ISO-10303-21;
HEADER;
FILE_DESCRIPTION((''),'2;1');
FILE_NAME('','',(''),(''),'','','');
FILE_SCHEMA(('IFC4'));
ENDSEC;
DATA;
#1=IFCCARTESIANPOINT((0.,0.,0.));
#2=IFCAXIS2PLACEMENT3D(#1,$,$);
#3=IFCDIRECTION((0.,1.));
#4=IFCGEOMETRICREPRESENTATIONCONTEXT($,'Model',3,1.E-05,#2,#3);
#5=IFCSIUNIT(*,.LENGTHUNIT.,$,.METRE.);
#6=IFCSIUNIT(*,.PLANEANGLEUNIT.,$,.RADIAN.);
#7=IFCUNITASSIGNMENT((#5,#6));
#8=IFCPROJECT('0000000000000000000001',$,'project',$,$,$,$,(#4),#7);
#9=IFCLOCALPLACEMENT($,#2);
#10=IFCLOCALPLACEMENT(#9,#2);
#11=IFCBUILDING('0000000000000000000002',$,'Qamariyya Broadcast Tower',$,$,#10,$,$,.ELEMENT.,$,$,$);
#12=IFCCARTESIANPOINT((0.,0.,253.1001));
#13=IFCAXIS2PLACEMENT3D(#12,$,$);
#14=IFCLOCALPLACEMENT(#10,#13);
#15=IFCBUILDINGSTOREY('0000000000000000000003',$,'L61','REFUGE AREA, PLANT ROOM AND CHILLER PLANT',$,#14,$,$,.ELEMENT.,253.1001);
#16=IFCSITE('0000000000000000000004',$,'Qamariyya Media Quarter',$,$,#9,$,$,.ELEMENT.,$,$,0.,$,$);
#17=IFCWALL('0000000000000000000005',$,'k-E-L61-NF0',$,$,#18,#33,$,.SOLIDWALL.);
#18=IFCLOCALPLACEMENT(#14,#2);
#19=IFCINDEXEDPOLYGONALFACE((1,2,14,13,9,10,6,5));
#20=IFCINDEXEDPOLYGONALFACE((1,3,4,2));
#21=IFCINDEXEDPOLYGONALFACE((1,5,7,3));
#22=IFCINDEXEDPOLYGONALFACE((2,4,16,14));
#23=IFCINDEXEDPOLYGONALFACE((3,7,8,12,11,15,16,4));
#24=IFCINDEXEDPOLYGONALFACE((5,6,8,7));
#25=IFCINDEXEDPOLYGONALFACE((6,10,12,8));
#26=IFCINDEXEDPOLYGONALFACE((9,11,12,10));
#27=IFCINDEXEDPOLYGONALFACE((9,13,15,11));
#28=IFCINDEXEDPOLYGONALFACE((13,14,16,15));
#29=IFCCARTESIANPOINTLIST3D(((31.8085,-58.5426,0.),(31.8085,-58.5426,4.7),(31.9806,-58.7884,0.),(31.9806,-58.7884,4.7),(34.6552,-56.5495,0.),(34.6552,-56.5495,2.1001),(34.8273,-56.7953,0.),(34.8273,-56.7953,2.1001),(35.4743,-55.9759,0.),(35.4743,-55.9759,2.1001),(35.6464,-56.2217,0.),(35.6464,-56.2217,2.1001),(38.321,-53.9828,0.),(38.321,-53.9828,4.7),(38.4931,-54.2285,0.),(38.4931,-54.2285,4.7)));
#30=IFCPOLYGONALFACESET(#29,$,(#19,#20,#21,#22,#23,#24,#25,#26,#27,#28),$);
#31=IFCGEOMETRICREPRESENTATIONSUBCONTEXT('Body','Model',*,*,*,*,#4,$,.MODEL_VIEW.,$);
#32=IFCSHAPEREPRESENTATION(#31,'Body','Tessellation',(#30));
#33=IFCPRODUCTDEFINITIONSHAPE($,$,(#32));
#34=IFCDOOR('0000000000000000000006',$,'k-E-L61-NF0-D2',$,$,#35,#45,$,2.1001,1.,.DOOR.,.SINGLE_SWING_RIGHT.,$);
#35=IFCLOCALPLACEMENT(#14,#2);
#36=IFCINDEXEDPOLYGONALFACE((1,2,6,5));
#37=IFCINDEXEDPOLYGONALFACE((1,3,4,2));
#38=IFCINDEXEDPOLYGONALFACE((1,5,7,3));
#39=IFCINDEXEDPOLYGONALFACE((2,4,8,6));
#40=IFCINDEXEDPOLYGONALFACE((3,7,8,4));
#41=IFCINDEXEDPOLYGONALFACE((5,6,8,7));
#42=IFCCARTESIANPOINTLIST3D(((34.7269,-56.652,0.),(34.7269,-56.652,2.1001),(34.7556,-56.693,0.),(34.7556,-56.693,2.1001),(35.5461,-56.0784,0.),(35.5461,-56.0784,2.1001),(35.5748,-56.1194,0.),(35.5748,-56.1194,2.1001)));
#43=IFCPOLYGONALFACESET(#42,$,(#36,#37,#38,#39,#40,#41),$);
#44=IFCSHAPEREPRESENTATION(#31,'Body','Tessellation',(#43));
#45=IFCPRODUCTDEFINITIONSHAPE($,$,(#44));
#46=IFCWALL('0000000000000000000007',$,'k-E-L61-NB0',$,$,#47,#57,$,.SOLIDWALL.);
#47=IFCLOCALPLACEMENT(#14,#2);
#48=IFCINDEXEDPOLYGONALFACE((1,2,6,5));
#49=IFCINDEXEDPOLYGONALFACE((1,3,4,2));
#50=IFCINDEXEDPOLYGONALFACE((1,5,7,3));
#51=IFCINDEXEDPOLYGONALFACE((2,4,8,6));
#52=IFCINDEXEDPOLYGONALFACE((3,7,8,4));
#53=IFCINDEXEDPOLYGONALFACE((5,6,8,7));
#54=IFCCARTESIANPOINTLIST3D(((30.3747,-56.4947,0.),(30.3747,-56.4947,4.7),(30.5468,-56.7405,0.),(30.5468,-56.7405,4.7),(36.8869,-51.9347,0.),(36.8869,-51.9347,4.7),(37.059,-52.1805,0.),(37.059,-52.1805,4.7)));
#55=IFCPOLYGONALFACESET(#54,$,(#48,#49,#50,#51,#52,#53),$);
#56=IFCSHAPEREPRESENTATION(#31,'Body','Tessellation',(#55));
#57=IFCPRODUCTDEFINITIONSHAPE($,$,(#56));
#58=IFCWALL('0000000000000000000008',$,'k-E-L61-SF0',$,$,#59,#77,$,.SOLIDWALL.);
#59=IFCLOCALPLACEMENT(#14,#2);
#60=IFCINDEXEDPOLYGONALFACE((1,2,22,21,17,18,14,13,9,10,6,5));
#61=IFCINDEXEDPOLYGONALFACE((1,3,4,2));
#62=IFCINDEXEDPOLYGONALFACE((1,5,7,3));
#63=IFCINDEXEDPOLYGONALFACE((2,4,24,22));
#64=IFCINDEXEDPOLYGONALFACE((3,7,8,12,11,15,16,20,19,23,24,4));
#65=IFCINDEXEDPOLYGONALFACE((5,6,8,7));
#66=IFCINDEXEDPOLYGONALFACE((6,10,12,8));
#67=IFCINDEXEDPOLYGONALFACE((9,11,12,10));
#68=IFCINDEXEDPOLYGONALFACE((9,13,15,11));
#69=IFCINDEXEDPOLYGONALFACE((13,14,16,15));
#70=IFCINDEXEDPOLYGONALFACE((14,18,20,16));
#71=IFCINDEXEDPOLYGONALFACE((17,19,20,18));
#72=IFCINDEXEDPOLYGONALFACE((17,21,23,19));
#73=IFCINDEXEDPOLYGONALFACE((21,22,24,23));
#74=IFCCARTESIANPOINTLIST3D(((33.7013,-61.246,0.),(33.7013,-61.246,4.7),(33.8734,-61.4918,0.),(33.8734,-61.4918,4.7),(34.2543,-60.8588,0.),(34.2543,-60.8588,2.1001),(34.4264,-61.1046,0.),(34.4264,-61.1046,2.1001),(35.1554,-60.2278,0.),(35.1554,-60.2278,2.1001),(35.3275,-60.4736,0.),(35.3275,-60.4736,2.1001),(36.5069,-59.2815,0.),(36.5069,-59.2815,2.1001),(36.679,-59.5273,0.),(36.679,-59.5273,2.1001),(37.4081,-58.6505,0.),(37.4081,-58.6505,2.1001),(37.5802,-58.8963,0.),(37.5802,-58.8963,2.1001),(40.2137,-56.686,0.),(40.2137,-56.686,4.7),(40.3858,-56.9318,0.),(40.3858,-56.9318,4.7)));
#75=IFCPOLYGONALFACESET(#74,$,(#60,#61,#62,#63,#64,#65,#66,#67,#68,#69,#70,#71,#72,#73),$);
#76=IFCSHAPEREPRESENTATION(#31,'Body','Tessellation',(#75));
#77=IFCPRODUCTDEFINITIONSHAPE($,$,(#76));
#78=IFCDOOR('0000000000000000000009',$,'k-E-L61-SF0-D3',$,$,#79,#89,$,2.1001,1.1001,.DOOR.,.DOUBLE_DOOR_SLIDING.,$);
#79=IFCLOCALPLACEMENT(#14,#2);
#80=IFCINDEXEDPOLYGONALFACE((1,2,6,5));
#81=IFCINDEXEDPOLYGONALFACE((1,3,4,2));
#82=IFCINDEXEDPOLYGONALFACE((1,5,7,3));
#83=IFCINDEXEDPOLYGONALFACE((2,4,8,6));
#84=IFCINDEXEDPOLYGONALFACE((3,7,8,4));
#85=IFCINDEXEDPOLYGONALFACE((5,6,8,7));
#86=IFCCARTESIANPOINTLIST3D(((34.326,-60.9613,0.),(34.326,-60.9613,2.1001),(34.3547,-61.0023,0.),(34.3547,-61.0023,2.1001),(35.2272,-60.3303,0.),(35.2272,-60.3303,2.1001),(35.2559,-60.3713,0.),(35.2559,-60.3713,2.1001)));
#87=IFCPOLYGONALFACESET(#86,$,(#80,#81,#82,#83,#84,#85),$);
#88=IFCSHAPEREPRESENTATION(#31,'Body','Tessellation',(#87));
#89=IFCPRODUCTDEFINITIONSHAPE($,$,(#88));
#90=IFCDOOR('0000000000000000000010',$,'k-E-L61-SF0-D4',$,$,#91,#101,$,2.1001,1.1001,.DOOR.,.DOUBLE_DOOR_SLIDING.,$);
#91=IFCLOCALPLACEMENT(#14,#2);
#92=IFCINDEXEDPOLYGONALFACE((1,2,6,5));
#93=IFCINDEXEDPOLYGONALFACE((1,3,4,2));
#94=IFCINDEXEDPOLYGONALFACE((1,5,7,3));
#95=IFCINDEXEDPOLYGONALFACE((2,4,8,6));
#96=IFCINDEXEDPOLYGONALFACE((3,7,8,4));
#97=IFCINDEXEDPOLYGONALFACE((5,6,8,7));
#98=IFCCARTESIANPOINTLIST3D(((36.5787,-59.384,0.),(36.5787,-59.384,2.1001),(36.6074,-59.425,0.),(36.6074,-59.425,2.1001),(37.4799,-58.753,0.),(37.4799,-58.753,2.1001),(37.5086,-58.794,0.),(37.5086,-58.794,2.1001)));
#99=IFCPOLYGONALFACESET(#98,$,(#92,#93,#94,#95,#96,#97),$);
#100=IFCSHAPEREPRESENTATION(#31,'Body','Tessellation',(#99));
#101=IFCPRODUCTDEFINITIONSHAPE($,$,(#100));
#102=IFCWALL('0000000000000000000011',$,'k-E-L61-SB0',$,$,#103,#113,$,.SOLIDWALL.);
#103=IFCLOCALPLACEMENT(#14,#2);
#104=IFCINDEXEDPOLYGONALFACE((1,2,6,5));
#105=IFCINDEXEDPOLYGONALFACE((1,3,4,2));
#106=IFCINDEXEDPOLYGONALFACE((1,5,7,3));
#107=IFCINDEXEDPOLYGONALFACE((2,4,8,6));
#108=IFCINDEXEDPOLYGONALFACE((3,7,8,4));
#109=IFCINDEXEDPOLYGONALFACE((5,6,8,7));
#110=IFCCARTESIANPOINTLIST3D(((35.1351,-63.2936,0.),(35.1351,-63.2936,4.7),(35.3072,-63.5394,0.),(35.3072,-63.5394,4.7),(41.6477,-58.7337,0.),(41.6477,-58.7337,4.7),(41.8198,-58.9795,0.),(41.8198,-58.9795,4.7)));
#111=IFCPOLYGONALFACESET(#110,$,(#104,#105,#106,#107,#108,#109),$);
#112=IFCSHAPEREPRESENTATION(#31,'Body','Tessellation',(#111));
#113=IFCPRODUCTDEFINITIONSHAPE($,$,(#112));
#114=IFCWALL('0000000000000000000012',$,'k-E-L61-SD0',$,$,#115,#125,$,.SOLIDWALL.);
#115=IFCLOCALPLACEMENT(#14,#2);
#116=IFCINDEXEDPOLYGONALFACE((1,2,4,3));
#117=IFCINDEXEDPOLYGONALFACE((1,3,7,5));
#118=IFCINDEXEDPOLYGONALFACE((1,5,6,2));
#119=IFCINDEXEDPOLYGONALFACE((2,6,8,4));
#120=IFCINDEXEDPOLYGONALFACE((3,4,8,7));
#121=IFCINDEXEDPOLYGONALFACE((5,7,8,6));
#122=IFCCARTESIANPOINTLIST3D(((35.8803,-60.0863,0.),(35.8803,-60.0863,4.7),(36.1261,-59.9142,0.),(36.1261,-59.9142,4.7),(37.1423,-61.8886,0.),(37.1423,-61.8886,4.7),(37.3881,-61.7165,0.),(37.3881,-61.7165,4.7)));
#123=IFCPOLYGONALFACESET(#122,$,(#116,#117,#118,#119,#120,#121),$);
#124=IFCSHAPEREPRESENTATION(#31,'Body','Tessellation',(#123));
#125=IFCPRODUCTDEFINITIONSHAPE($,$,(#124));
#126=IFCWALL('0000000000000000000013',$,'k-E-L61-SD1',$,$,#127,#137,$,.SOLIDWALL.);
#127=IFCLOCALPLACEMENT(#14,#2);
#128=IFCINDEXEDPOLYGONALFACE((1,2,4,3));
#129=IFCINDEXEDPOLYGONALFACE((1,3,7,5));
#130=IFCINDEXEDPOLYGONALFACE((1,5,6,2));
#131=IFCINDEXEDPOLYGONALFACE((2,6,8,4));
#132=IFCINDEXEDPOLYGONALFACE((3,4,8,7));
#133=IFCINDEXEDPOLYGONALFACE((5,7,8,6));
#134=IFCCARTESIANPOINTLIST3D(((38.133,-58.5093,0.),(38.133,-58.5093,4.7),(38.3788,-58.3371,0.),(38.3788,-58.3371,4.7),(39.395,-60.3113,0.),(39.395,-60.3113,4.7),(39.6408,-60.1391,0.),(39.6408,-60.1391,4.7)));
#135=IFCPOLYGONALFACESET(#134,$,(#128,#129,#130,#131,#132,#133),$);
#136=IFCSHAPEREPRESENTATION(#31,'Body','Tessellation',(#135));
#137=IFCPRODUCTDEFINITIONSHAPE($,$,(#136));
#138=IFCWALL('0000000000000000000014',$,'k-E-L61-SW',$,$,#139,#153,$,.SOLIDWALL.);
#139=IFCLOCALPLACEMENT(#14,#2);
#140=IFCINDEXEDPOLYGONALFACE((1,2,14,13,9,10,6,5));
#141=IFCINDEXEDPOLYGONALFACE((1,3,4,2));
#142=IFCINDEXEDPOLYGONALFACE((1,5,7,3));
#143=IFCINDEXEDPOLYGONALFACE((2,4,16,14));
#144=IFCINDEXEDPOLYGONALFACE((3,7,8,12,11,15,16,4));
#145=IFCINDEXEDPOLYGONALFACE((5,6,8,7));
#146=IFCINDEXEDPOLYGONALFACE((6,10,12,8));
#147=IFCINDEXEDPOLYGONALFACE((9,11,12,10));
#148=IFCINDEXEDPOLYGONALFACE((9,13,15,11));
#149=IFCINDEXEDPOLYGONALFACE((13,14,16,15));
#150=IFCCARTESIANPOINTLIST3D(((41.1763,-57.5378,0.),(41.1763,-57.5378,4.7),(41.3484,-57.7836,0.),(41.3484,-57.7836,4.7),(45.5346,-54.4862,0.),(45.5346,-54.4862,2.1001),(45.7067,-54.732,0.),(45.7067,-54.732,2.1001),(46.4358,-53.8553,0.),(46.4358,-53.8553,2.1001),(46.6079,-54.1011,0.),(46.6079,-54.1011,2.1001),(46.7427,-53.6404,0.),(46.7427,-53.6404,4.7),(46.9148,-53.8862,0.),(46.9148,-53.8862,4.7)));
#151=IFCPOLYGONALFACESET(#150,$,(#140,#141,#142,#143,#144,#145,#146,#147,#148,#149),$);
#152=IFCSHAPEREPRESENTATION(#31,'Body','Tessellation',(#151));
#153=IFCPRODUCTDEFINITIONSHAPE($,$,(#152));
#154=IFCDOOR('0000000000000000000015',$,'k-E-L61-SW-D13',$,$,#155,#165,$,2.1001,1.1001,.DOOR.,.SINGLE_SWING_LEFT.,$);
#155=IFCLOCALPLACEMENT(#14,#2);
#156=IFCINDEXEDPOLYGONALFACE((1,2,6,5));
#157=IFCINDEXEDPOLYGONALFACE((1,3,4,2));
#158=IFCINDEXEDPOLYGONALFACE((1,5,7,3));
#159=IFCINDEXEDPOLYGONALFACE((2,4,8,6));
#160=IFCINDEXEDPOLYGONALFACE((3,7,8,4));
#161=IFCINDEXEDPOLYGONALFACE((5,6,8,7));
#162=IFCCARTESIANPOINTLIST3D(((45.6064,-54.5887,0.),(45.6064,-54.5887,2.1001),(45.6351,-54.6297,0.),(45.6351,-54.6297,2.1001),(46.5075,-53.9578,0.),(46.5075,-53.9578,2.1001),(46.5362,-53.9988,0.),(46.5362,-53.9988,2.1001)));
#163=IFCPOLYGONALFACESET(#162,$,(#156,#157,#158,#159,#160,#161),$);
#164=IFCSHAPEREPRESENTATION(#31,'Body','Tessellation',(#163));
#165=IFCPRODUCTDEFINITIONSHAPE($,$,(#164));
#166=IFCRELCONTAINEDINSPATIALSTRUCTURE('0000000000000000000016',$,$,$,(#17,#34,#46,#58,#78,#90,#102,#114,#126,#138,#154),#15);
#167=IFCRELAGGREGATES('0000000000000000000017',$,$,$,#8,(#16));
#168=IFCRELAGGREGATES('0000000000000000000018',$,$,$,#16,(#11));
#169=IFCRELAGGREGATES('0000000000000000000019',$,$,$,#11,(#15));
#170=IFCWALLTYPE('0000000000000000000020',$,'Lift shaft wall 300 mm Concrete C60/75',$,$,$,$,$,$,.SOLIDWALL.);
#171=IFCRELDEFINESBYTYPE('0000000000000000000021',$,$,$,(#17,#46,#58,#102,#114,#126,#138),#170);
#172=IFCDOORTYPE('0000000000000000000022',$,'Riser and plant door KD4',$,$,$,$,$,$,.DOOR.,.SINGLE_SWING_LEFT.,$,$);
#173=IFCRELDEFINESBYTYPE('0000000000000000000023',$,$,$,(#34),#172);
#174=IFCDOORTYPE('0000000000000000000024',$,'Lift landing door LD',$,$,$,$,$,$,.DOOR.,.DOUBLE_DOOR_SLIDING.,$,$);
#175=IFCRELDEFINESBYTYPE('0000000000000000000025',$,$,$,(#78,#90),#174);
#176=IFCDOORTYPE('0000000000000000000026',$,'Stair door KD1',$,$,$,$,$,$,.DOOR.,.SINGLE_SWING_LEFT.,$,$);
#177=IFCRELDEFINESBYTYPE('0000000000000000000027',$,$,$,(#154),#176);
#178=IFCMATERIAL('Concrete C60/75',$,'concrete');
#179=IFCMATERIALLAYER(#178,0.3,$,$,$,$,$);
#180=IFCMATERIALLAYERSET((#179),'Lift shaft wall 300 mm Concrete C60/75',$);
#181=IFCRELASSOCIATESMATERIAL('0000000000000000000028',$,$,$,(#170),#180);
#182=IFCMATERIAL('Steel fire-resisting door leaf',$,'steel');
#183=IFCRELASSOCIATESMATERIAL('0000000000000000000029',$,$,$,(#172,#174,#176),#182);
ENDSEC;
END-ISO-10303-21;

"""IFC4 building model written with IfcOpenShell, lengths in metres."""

from ifc_helpers import new_model, si_unit, direction, frame, frame_2d, origin, place, context, subcontext, project, spatial, rectangle, extrude, material, layer, layer_set, type_object, element, fill, save


model = new_model("IFC4")

# Units and contexts
model_context = context("Model", 3, precision=1e-05, world=origin(), true_north=direction((0.0, 1.0)))
body_context = subcontext(model_context, "Body", "Model", "MODEL_VIEW")
ifc_project = project(units=[si_unit("LENGTHUNIT", "METRE"), si_unit("PLANEANGLEUNIT", "RADIAN")], contexts=[model_context])

# Site, building, storey
site_placement = place(None, origin())
site = spatial("IfcSite", under=ifc_project, at=site_placement, Name="Qamariyya Media Quarter", CompositionType="ELEMENT", RefElevation=0.0)
building_placement = place(site_placement, origin())
building = spatial("IfcBuilding", under=site, at=building_placement, Name="Qamariyya Broadcast Tower", CompositionType="ELEMENT")
storey_placement = place(building_placement, frame((0.0, 0.0, 253.1001)))
storey = spatial("IfcBuildingStorey", under=building, at=storey_placement, Name="L61", Description="REFUGE AREA, PLANT ROOM AND CHILLER PLANT", CompositionType="ELEMENT", Elevation=253.1001)

# Wall, opening, door
ifc_material_1 = material(Name="Concrete C60/75", Category="concrete")
ifc_layer_1 = layer(ifc_material_1, 0.3)
ifc_layer_set_1 = layer_set([ifc_layer_1], Name="Lift shaft wall 300 mm Concrete C60/75")
wall_type = type_object("IfcWallType", Name="Lift shaft wall 300 mm Concrete C60/75", PredefinedType="SOLIDWALL", material=ifc_layer_set_1)
wall_1_placement = place(storey_placement, frame((31.8945, -58.6655, 0.0), z_axis=(0.0, 0.0, 1.0), x_axis=(0.819167, 0.573555, 0.0)))
wall_1 = element("IfcWall", 1, at=wall_1_placement, inside=storey, type_object=wall_type, Name="k-E-L61-NF0", PredefinedType="SOLIDWALL", context=body_context, shape_type="SweptSolid", body=[
    extrude(rectangle(XDim=7.9502, YDim=0.3, at=frame_2d((3.9751, 0.0))), origin(), (0.0, 0.0, 1.0), 4.7),
])
opening_1_placement = place(wall_1_placement, frame((3.4751, 0.0, 0.0)))
opening_1 = element("IfcOpeningElement", 2, at=opening_1_placement, cuts=wall_1, PredefinedType="OPENING", context=body_context, shape_type="SweptSolid", body=[
    extrude(rectangle(XDim=1.0, YDim=2.1001, at=frame_2d((0.5, 1.05))), frame((0.0, 0.1599, 0.0), z_axis=(0.0, -1.0, 0.0), x_axis=(1.0, 0.0, 0.0)), (0.0, 0.0, 1.0), 0.3201),
])
ifc_material_2 = material(Name="Steel fire-resisting door leaf", Category="steel")
door_type_1 = type_object("IfcDoorType", Name="Riser and plant door KD4", OperationType="SINGLE_SWING_LEFT", PredefinedType="DOOR", material=ifc_material_2)
door_1_placement = place(opening_1_placement, origin())
door_1 = element("IfcDoor", 3, at=door_1_placement, inside=storey, type_object=door_type_1, Name="k-E-L61-NF0-D2", OperationType="SINGLE_SWING_RIGHT", OverallHeight=2.1001, OverallWidth=1.0, PredefinedType="DOOR", context=body_context, shape_type="SweptSolid", body=[
    extrude(rectangle(XDim=1.0, YDim=2.1001, at=frame_2d((0.5, 1.05))), frame((0.0, 0.0249, 0.0), z_axis=(0.0, -1.0, 0.0), x_axis=(1.0, 0.0, 0.0)), (0.0, 0.0, 1.0), 0.05),
])
fill(opening_1, door_1)

# Wall
wall_2_placement = place(storey_placement, frame((30.4607, -56.6177, 0.0), z_axis=(0.0, 0.0, 1.0), x_axis=(0.819142, 0.57359, 0.0)))
element("IfcWall", 4, at=wall_2_placement, inside=storey, type_object=wall_type, Name="k-E-L61-NB0", PredefinedType="SOLIDWALL", context=body_context, shape_type="SweptSolid", body=[
    extrude(rectangle(XDim=7.95, YDim=0.3, at=frame_2d((3.9751, 0.0))), origin(), (0.0, 0.0, 1.0), 4.7),
])

# Wall, openings, doors
wall_3_placement = place(storey_placement, frame((33.7874, -61.3689, 0.0), z_axis=(0.0, 0.0, 1.0), x_axis=(0.819153, 0.573576, 0.0)))
wall_3 = element("IfcWall", 5, at=wall_3_placement, inside=storey, type_object=wall_type, Name="k-E-L61-SF0", PredefinedType="SOLIDWALL", context=body_context, shape_type="SweptSolid", body=[
    extrude(rectangle(XDim=7.9502, YDim=0.3, at=frame_2d((3.9751, 0.0))), origin(), (0.0, 0.0, 1.0), 4.7),
])
opening_2_placement = place(wall_3_placement, frame((0.675, 0.0, 0.0)))
opening_2 = element("IfcOpeningElement", 6, at=opening_2_placement, cuts=wall_3, PredefinedType="OPENING", context=body_context, shape_type="SweptSolid", body=[
    extrude(rectangle(XDim=1.1001, YDim=2.1001, at=frame_2d((0.55, 1.05))), frame((0.0, 0.1599, 0.0), z_axis=(0.0, -1.0, 0.0), x_axis=(1.0, 0.0, 0.0)), (0.0, 0.0, 1.0), 0.3201),
])
opening_3_placement = place(wall_3_placement, frame((3.425, 0.0, 0.0)))
opening_3 = element("IfcOpeningElement", 7, at=opening_3_placement, cuts=wall_3, PredefinedType="OPENING", context=body_context, shape_type="SweptSolid", body=[
    extrude(rectangle(XDim=1.1001, YDim=2.1001, at=frame_2d((0.55, 1.05))), frame((0.0, 0.1599, 0.0), z_axis=(0.0, -1.0, 0.0), x_axis=(1.0, 0.0, 0.0)), (0.0, 0.0, 1.0), 0.3201),
])
door_type_2 = type_object("IfcDoorType", Name="Lift landing door LD", OperationType="DOUBLE_DOOR_SLIDING", PredefinedType="DOOR", material=ifc_material_2)
door_2_placement = place(opening_2_placement, origin())
door_2 = element("IfcDoor", 8, at=door_2_placement, inside=storey, type_object=door_type_2, Name="k-E-L61-SF0-D3", OperationType="DOUBLE_DOOR_SLIDING", OverallHeight=2.1001, OverallWidth=1.1001, PredefinedType="DOOR", context=body_context, shape_type="SweptSolid", body=[
    extrude(rectangle(XDim=1.1001, YDim=2.1001, at=frame_2d((0.55, 1.05))), frame((0.0, 0.0249, 0.0), z_axis=(0.0, -1.0, 0.0), x_axis=(1.0, 0.0, 0.0)), (0.0, 0.0, 1.0), 0.05),
])
fill(opening_2, door_2)
door_3_placement = place(opening_3_placement, origin())
door_3 = element("IfcDoor", 9, at=door_3_placement, inside=storey, type_object=door_type_2, Name="k-E-L61-SF0-D4", OperationType="DOUBLE_DOOR_SLIDING", OverallHeight=2.1001, OverallWidth=1.1001, PredefinedType="DOOR", context=body_context, shape_type="SweptSolid", body=[
    extrude(rectangle(XDim=1.1001, YDim=2.1001, at=frame_2d((0.55, 1.05))), frame((0.0, 0.0249, 0.0), z_axis=(0.0, -1.0, 0.0), x_axis=(1.0, 0.0, 0.0)), (0.0, 0.0, 1.0), 0.05),
])
fill(opening_3, door_3)

# Walls
wall_4_placement = place(storey_placement, frame((35.2212, -63.4165, 0.0), z_axis=(0.0, 0.0, 1.0), x_axis=(0.819167, 0.573555, 0.0)))
element("IfcWall", 10, at=wall_4_placement, inside=storey, type_object=wall_type, Name="k-E-L61-SB0", PredefinedType="SOLIDWALL", context=body_context, shape_type="SweptSolid", body=[
    extrude(rectangle(XDim=7.9502, YDim=0.3, at=frame_2d((3.9751, 0.0))), origin(), (0.0, 0.0, 1.0), 4.7),
])
wall_5_placement = place(storey_placement, frame((36.0032, -60.0002, 0.0), z_axis=(0.0, 0.0, 1.0), x_axis=(0.573581, -0.819149, 0.0)))
element("IfcWall", 11, at=wall_5_placement, inside=storey, type_object=wall_type, Name="k-E-L61-SD0", PredefinedType="SOLIDWALL", context=body_context, shape_type="SweptSolid", body=[
    extrude(rectangle(XDim=2.2002, YDim=0.3, at=frame_2d((1.1001, 0.0))), origin(), (0.0, 0.0, 1.0), 4.7),
])
wall_6_placement = place(storey_placement, frame((38.2559, -58.4231, 0.0), z_axis=(0.0, 0.0, 1.0), x_axis=(0.573634, -0.819112, 0.0)))
element("IfcWall", 12, at=wall_6_placement, inside=storey, type_object=wall_type, Name="k-E-L61-SD1", PredefinedType="SOLIDWALL", context=body_context, shape_type="SweptSolid", body=[
    extrude(rectangle(XDim=2.2, YDim=0.3, at=frame_2d((1.1001, 0.0))), origin(), (0.0, 0.0, 1.0), 4.7),
])

# Wall, opening, door
wall_7_placement = place(storey_placement, frame((41.2625, -57.6606, 0.0), z_axis=(0.0, 0.0, 1.0), x_axis=(0.819164, 0.573559, 0.0)))
wall_7 = element("IfcWall", 13, at=wall_7_placement, inside=storey, type_object=wall_type, Name="k-E-L61-SW", PredefinedType="SOLIDWALL", context=body_context, shape_type="SweptSolid", body=[
    extrude(rectangle(XDim=6.7952, YDim=0.3, at=frame_2d((3.3975, 0.0))), origin(), (0.0, 0.0, 1.0), 4.7),
])
opening_4_placement = place(wall_7_placement, frame((5.3203, 0.0, 0.0)))
opening_4 = element("IfcOpeningElement", 14, at=opening_4_placement, cuts=wall_7, PredefinedType="OPENING", context=body_context, shape_type="SweptSolid", body=[
    extrude(rectangle(XDim=1.1001, YDim=2.1001, at=frame_2d((0.55, 1.05))), frame((0.0, 0.1599, 0.0), z_axis=(0.0, -1.0, 0.0), x_axis=(1.0, 0.0, 0.0)), (0.0, 0.0, 1.0), 0.3201),
])
door_type_3 = type_object("IfcDoorType", Name="Stair door KD1", OperationType="SINGLE_SWING_LEFT", PredefinedType="DOOR", material=ifc_material_2)
door_4_placement = place(opening_4_placement, origin())
door_4 = element("IfcDoor", 15, at=door_4_placement, inside=storey, type_object=door_type_3, Name="k-E-L61-SW-D13", OperationType="SINGLE_SWING_LEFT", OverallHeight=2.1001, OverallWidth=1.1001, PredefinedType="DOOR", context=body_context, shape_type="SweptSolid", body=[
    extrude(rectangle(XDim=1.1001, YDim=2.1001, at=frame_2d((0.55, 1.05))), frame((0.0, 0.0249, 0.0), z_axis=(0.0, -1.0, 0.0), x_axis=(1.0, 0.0, 0.0)), (0.0, 0.0, 1.0), 0.05),
])
fill(opening_4, door_4)

save(model, "model.ifc")
